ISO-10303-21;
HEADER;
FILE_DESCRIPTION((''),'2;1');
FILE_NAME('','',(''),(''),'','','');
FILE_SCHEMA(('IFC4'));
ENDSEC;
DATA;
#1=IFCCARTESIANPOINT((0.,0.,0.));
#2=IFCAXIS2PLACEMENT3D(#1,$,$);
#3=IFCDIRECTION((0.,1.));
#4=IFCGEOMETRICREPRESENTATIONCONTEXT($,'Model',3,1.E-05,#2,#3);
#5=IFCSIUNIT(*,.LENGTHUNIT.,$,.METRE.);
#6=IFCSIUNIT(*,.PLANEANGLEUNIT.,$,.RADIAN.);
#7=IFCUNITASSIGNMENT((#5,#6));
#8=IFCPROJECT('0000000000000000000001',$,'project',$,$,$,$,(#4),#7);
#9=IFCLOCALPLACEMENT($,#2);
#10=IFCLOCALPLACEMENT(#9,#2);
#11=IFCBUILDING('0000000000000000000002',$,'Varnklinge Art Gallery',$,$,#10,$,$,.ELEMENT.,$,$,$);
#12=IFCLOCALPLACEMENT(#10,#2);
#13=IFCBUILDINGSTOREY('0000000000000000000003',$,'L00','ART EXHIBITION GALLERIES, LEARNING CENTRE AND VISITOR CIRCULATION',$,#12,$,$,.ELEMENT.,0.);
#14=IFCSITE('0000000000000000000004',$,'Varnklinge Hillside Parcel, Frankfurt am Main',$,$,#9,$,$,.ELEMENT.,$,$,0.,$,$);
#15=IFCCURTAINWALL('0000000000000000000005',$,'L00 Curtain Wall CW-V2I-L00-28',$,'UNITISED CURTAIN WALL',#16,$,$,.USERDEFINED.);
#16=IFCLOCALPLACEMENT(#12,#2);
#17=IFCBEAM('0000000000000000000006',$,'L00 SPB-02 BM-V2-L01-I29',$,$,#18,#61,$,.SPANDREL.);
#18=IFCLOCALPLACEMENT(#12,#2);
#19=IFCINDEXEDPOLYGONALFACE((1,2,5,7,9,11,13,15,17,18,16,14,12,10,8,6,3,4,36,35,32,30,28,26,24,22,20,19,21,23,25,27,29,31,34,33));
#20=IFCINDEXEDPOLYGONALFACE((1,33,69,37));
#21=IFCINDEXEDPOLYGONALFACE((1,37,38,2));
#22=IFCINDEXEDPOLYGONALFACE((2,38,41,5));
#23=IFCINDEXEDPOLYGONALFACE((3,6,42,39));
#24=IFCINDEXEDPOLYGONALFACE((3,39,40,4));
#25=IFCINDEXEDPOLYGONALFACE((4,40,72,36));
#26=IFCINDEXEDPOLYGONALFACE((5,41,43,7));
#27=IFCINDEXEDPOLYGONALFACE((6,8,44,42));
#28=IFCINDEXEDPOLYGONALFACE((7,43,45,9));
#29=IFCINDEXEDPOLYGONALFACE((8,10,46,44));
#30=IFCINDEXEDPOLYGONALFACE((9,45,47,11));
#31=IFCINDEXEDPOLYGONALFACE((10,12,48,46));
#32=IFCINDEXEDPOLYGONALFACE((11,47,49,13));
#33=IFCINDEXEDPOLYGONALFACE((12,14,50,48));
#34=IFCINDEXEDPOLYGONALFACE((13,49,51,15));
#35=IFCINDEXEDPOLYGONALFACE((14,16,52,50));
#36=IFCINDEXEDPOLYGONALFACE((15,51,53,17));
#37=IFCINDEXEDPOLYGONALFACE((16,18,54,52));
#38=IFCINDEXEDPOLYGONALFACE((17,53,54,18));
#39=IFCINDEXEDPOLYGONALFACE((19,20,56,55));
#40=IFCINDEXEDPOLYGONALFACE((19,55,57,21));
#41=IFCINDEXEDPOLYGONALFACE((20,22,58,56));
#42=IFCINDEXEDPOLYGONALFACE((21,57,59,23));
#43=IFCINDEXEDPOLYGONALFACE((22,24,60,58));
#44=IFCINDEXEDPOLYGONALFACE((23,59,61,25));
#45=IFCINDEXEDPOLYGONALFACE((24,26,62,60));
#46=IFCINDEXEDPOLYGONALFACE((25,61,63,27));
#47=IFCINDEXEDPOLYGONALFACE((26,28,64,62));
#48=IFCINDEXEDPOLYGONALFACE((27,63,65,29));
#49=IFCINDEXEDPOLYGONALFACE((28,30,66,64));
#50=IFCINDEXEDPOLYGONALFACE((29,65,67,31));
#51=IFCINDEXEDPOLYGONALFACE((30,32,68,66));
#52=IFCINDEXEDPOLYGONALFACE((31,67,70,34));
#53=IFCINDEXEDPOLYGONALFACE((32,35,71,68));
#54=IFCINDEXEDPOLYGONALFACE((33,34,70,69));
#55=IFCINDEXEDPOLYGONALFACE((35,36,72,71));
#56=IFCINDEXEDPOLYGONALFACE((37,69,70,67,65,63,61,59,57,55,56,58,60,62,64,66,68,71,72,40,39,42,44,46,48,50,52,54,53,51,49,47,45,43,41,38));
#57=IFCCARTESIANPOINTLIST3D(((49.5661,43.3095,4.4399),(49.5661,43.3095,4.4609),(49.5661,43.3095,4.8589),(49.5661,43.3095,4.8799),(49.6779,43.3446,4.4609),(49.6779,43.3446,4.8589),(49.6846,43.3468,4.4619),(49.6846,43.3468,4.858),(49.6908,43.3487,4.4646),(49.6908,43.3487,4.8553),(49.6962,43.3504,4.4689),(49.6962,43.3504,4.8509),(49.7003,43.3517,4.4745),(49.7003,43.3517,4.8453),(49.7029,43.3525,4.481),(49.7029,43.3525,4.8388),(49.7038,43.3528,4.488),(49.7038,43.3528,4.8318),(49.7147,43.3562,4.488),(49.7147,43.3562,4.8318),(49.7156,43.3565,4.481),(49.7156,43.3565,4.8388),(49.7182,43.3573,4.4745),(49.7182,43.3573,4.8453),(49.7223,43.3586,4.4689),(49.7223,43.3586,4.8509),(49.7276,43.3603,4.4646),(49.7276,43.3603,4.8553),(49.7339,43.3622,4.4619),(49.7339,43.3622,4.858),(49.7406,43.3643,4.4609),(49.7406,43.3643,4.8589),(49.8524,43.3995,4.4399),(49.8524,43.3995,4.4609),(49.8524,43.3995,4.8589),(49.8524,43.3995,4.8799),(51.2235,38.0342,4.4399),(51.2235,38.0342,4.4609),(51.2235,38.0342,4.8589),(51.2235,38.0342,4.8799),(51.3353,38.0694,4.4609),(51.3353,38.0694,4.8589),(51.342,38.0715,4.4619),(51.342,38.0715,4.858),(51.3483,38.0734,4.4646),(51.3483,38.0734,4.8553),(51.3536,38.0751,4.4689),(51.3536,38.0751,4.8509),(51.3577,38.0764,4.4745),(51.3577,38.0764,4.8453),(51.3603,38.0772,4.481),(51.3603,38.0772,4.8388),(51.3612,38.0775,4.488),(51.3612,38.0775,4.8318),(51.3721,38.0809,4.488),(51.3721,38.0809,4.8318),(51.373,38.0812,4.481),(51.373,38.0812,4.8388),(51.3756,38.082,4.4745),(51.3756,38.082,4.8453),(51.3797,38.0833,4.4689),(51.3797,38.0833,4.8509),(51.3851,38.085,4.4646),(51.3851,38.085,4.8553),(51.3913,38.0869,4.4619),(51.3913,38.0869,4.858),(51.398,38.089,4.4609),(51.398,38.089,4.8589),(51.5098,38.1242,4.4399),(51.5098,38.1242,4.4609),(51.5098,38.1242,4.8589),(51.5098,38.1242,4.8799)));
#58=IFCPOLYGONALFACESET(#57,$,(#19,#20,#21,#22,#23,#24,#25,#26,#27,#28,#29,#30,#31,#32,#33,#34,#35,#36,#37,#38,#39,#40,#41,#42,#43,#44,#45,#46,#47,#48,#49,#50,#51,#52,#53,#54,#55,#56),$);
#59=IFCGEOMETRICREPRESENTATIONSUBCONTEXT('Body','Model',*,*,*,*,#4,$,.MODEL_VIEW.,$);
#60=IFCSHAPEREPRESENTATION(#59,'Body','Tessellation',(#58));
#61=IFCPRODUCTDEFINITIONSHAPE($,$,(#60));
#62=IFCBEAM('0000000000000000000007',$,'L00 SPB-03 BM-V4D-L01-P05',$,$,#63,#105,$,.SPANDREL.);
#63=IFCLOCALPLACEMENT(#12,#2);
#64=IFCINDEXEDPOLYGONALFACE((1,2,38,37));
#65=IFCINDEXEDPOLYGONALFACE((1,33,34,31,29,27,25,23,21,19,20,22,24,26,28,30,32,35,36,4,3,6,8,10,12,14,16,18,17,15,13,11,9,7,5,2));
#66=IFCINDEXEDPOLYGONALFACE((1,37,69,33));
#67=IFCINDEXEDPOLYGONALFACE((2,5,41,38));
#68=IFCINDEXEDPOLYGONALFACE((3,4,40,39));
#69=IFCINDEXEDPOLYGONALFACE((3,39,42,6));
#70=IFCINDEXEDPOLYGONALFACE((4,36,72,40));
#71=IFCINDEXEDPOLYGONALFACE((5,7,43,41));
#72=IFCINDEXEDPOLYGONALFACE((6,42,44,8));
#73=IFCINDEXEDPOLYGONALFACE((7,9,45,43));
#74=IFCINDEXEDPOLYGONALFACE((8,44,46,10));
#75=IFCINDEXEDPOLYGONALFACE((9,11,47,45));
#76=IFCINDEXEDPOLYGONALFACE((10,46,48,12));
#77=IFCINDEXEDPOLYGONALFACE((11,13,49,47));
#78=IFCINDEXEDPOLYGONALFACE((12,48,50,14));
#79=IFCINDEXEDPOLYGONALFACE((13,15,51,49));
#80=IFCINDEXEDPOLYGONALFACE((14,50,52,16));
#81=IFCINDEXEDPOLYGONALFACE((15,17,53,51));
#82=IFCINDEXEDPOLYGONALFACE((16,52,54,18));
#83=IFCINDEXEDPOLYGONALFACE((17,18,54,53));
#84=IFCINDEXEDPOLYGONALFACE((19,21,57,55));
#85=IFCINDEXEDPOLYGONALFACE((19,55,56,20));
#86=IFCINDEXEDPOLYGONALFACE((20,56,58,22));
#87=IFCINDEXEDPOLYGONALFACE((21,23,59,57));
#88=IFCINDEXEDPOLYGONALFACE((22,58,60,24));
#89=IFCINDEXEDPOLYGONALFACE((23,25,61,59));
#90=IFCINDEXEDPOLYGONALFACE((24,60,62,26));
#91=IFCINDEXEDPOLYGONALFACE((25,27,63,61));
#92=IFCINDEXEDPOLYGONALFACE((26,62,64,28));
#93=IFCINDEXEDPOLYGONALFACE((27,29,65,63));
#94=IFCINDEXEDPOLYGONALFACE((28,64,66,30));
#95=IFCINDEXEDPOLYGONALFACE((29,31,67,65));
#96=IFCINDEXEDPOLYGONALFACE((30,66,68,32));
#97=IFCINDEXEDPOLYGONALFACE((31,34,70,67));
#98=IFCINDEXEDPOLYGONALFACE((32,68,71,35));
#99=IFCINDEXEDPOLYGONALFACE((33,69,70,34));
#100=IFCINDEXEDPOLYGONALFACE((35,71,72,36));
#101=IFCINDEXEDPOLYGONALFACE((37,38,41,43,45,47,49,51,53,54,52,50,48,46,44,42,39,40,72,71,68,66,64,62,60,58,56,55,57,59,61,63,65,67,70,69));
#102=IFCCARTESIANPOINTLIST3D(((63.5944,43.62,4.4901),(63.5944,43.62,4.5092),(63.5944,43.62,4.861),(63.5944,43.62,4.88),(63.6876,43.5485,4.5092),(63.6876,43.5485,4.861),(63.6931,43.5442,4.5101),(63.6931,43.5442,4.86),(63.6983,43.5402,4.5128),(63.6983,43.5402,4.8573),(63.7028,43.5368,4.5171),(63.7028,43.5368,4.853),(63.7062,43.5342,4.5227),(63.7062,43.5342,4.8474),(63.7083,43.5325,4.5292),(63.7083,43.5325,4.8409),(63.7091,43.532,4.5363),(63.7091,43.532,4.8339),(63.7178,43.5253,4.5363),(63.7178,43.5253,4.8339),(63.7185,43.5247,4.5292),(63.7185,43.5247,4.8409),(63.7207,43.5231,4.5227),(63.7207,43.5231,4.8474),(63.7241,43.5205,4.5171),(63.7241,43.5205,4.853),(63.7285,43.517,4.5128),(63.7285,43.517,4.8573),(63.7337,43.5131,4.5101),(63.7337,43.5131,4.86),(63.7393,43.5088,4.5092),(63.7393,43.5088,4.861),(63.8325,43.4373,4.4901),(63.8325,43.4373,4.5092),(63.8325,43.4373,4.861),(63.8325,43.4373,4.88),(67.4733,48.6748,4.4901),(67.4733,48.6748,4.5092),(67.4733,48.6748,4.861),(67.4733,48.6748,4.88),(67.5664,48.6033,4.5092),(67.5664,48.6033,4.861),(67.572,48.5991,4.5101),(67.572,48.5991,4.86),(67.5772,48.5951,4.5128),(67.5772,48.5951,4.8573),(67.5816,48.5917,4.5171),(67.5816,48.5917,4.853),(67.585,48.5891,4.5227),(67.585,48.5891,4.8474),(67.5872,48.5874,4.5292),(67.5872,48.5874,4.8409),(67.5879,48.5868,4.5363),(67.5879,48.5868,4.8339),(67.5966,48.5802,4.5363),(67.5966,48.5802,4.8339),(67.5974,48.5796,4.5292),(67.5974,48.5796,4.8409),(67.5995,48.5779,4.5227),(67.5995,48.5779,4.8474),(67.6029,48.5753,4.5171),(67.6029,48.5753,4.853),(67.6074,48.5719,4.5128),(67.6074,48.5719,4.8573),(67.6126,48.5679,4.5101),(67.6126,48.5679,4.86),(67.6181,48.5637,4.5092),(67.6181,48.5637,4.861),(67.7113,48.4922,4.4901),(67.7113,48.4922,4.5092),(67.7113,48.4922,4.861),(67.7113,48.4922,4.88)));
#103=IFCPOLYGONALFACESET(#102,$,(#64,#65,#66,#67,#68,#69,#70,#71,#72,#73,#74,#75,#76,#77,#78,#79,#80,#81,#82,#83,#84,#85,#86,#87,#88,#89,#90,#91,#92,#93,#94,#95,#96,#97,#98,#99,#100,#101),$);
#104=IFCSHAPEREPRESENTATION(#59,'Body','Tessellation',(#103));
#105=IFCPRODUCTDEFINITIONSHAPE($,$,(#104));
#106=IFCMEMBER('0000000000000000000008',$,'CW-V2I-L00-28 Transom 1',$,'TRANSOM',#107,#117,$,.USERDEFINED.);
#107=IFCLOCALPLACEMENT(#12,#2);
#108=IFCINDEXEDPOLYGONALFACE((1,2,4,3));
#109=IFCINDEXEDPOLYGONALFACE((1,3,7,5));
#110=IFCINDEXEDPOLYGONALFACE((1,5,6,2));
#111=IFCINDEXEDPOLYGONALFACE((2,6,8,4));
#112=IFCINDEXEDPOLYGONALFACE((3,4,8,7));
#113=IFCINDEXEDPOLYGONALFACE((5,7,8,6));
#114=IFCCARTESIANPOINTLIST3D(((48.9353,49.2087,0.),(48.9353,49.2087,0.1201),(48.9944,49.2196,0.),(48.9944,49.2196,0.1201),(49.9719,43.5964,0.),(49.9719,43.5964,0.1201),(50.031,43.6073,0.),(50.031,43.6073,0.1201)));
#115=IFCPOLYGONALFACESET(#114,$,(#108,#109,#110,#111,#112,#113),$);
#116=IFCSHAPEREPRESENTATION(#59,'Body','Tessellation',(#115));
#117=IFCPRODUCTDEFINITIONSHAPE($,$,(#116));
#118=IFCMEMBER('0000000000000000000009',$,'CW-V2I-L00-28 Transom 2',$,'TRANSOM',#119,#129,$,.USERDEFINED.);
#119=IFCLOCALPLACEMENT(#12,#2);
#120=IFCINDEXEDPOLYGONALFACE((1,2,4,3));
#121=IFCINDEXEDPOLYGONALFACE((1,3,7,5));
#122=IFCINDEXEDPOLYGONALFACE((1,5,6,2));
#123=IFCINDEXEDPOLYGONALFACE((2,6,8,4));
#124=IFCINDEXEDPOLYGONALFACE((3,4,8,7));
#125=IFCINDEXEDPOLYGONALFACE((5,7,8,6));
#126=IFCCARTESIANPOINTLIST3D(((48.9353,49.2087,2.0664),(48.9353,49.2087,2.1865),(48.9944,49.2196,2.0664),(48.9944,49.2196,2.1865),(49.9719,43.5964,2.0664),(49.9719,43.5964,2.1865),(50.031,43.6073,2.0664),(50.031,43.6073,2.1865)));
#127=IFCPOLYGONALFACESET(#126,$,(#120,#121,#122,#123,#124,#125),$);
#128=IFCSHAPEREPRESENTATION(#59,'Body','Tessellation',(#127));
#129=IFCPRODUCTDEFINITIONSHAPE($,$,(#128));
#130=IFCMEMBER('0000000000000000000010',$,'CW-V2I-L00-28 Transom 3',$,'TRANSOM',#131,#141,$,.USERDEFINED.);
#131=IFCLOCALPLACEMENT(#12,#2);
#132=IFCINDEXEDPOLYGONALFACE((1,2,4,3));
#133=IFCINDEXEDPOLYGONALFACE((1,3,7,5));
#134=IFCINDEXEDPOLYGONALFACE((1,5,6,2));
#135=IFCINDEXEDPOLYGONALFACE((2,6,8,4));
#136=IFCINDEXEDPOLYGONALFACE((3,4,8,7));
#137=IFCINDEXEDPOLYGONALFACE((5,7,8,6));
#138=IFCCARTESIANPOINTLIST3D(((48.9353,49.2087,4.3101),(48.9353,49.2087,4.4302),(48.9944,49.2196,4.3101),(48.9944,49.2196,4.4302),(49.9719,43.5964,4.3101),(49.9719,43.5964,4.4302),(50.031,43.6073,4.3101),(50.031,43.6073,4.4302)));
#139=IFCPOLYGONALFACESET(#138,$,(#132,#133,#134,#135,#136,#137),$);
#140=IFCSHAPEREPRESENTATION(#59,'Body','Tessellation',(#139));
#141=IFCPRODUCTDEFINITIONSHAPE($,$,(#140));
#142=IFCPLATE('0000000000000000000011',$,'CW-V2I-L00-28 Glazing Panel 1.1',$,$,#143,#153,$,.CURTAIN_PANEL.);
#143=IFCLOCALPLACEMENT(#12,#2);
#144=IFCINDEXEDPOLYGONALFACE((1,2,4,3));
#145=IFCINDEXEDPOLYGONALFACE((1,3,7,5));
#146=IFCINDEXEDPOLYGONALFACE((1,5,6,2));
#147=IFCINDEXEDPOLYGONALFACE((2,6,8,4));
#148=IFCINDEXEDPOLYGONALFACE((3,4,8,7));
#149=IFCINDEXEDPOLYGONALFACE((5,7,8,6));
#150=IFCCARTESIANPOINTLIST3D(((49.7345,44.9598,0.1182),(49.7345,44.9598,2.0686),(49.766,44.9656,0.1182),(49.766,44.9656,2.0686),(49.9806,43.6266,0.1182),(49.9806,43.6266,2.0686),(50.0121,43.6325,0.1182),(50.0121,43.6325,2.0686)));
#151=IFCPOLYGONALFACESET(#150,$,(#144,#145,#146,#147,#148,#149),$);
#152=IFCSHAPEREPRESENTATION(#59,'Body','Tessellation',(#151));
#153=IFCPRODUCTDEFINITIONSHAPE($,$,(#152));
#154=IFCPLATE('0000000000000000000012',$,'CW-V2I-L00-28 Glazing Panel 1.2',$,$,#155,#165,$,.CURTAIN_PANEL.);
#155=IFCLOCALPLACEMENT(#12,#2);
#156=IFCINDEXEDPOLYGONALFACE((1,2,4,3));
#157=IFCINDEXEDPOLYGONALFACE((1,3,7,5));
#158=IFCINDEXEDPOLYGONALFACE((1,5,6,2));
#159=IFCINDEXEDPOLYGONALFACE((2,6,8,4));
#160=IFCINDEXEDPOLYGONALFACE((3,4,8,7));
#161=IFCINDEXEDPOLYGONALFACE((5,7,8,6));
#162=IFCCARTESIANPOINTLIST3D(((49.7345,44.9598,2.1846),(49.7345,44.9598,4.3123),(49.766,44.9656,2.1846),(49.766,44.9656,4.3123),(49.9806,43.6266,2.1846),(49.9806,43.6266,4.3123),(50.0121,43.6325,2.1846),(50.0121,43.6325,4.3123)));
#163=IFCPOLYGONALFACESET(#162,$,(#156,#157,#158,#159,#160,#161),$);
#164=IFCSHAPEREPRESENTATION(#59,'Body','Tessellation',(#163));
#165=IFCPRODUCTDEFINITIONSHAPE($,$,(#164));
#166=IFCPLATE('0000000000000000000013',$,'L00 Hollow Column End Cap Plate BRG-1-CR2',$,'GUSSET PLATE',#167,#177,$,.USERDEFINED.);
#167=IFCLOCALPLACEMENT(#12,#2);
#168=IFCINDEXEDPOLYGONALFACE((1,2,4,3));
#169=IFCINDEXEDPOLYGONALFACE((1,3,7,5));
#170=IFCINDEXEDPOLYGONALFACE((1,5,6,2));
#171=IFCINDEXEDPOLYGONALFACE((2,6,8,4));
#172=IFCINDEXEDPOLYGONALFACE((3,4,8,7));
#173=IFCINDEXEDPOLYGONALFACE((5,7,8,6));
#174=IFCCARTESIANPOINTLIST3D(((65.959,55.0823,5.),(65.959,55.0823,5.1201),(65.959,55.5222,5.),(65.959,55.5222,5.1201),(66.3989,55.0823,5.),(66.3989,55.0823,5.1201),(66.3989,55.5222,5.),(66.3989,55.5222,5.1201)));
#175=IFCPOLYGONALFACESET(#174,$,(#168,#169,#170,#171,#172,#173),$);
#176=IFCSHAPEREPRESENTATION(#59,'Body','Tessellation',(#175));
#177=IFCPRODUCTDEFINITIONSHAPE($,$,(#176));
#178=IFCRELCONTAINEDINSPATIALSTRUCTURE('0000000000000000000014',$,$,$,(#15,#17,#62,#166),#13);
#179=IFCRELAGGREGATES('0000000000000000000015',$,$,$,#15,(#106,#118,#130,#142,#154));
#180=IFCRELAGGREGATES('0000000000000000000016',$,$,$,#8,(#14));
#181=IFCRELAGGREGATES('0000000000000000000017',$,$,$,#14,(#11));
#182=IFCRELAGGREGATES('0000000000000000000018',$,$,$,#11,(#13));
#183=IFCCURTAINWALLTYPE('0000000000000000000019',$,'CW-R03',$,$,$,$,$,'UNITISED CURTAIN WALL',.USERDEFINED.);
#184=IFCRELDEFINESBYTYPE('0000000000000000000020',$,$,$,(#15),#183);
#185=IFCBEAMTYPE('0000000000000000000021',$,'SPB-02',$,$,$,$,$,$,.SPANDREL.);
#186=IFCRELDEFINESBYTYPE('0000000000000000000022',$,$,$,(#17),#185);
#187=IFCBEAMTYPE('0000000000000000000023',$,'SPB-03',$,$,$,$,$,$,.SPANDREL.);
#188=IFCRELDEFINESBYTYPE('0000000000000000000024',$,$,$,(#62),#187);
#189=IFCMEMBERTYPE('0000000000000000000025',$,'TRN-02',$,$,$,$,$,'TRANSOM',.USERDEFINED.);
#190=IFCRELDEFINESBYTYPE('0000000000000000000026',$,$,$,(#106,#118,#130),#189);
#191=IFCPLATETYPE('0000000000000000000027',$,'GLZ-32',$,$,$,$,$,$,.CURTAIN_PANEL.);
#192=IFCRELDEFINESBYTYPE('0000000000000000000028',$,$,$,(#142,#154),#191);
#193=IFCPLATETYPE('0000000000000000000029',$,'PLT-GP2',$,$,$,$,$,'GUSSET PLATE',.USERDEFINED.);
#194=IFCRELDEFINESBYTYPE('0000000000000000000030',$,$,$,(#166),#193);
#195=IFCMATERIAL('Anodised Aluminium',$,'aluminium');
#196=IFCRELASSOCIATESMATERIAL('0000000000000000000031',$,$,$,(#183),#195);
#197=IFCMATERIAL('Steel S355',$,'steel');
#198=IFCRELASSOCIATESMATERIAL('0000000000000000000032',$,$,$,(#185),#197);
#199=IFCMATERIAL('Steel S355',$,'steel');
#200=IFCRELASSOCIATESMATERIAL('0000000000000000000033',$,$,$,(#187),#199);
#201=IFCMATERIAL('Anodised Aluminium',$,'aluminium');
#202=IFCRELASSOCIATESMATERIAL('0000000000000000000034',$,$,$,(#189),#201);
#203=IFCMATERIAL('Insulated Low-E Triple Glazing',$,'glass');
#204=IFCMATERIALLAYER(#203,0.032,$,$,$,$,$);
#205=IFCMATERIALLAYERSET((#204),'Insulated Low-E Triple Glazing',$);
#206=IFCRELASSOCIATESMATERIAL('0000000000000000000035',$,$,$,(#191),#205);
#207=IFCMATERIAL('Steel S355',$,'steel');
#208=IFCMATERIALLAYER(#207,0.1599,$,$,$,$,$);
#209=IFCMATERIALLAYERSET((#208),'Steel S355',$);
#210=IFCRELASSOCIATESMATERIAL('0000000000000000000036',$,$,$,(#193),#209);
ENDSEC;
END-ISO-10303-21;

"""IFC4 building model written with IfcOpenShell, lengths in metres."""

from ifc_helpers import new_model, si_unit, direction, frame, origin, origin_2d, place, context, subcontext, project, spatial, rectangle, i_section, extrude, material, layer, layer_set, material_profile, profile_set, type_object, element, aggregate, save


model = new_model("IFC4")

# Units and contexts
model_context = context("Model", 3, precision=1e-05, world=origin(), true_north=direction((0.0, 1.0)))
body_context = subcontext(model_context, "Body", "Model", "MODEL_VIEW")
ifc_project = project(units=[si_unit("LENGTHUNIT", "METRE"), si_unit("PLANEANGLEUNIT", "RADIAN")], contexts=[model_context])

# Site, building, storey
site_placement = place(None, origin())
site = spatial("IfcSite", under=ifc_project, at=site_placement, Name="Varnklinge Hillside Parcel, Frankfurt am Main", CompositionType="ELEMENT", RefElevation=0.0)
building_placement = place(site_placement, origin())
building = spatial("IfcBuilding", under=site, at=building_placement, Name="Varnklinge Art Gallery", CompositionType="ELEMENT")
storey_placement = place(building_placement, origin())
storey = spatial("IfcBuildingStorey", under=building, at=storey_placement, Name="L00", Description="ART EXHIBITION GALLERIES, LEARNING CENTRE AND VISITOR CIRCULATION", CompositionType="ELEMENT", Elevation=0.0)

# Curtain wall
ifc_material_1 = material(Name="Anodised Aluminium", Category="aluminium")
curtain_wall_type = type_object("IfcCurtainWallType", Name="CW-R03", ElementType="UNITISED CURTAIN WALL", PredefinedType="USERDEFINED", material=ifc_material_1)
curtain_wall_1_placement = place(storey_placement, origin())
curtain_wall_1 = element("IfcCurtainWall", 1, at=curtain_wall_1_placement, inside=storey, type_object=curtain_wall_type, Name="L00 Curtain Wall CW-V2I-L00-28", ObjectType="UNITISED CURTAIN WALL", PredefinedType="USERDEFINED")

# Beams
ifc_material_2 = material(Name="Steel S355", Category="steel")
ifc_material_profile_1 = material_profile(ifc_material_2, i_section(OverallWidth=0.3, OverallDepth=0.4399, WebThickness=0.0115, FlangeThickness=0.021, FilletRadius=0.0271, at=origin_2d()), Name="HEA 450")
ifc_profile_set_1 = profile_set([ifc_material_profile_1], Name="Steel S355")
beam_type_1 = type_object("IfcBeamType", Name="SPB-02", PredefinedType="SPANDREL", material=ifc_profile_set_1)
beam_1_placement = place(storey_placement, frame((49.7092, 43.3545, 4.6599), z_axis=(0.299743, -0.95402, 0.0), x_axis=(0.95402, 0.299743, 0.0)))
element("IfcBeam", 2, at=beam_1_placement, inside=storey, type_object=beam_type_1, Name="L00 SPB-02 BM-V2-L01-I29", PredefinedType="SPANDREL", context=body_context, shape_type="SweptSolid", body=[
    extrude(i_section(OverallWidth=0.3, OverallDepth=0.4399, WebThickness=0.0115, FlangeThickness=0.021, FilletRadius=0.0271, at=origin_2d()), origin(), (0.0, 0.0, 1.0), 5.5295),
])
ifc_material_3 = material(Name="Steel S355", Category="steel")
ifc_material_profile_2 = material_profile(ifc_material_3, i_section(OverallWidth=0.3, OverallDepth=0.3899, WebThickness=0.011, FlangeThickness=0.019, FilletRadius=0.0271, at=origin_2d()), Name="HEA 400")
ifc_profile_set_2 = profile_set([ifc_material_profile_2], Name="Steel S355")
beam_type_2 = type_object("IfcBeamType", Name="SPB-03", PredefinedType="SPANDREL", material=ifc_profile_set_2)
beam_2_placement = place(storey_placement, frame((67.5923, 48.5835, 4.6851), z_axis=(-0.608773, -0.793344, 0.0), x_axis=(0.793344, -0.608773, 0.0)))
element("IfcBeam", 3, at=beam_2_placement, inside=storey, type_object=beam_type_2, Name="L00 SPB-03 BM-V4D-L01-P05", PredefinedType="SPANDREL", context=body_context, shape_type="SweptSolid", body=[
    extrude(i_section(OverallWidth=0.3, OverallDepth=0.3899, WebThickness=0.011, FlangeThickness=0.019, FilletRadius=0.0271, at=origin_2d()), origin(), (0.0, 0.0, 1.0), 6.3716),
])

# Members
ifc_material_4 = material(Name="Anodised Aluminium", Category="aluminium")
ifc_material_profile_3 = material_profile(ifc_material_4, rectangle(XDim=0.0601, YDim=0.1201, at=origin_2d()), Name="ALU 60x120")
ifc_profile_set_3 = profile_set([ifc_material_profile_3], Name="Anodised Aluminium")
member_type_1 = type_object("IfcMemberType", Name="TRN-02", ElementType="TRANSOM", PredefinedType="USERDEFINED", material=ifc_profile_set_3)
member_1_placement = place(storey_placement, frame((50.0015, 43.6018, 0.0601), z_axis=(-0.181633, 0.983366, 0.0), x_axis=(-0.983366, -0.181633, 0.0)))
member_1 = element("IfcMember", 4, at=member_1_placement, type_object=member_type_1, Name="CW-V2I-L00-28 Transom 1", ObjectType="TRANSOM", PredefinedType="USERDEFINED", context=body_context, shape_type="SweptSolid", body=[
    extrude(rectangle(XDim=0.0601, YDim=0.1201, at=origin_2d()), origin(), (0.0, 0.0, 1.0), 5.7073),
])
member_2_placement = place(storey_placement, frame((50.0015, 43.6018, 2.1265), z_axis=(-0.181633, 0.983366, 0.0), x_axis=(-0.983366, -0.181633, 0.0)))
member_2 = element("IfcMember", 5, at=member_2_placement, type_object=member_type_1, Name="CW-V2I-L00-28 Transom 2", ObjectType="TRANSOM", PredefinedType="USERDEFINED", context=body_context, shape_type="SweptSolid", body=[
    extrude(rectangle(XDim=0.0601, YDim=0.1201, at=origin_2d()), origin(), (0.0, 0.0, 1.0), 5.7073),
])
member_3_placement = place(storey_placement, frame((50.0015, 43.6018, 4.3701), z_axis=(-0.181633, 0.983366, 0.0), x_axis=(-0.983366, -0.181633, 0.0)))
member_3 = element("IfcMember", 6, at=member_3_placement, type_object=member_type_1, Name="CW-V2I-L00-28 Transom 3", ObjectType="TRANSOM", PredefinedType="USERDEFINED", context=body_context, shape_type="SweptSolid", body=[
    extrude(rectangle(XDim=0.0601, YDim=0.1201, at=origin_2d()), origin(), (0.0, 0.0, 1.0), 5.7073),
])

# Plates
ifc_material_5 = material(Name="Insulated Low-E Triple Glazing", Category="glass")
ifc_layer_1 = layer(ifc_material_5, 0.032)
ifc_layer_set_1 = layer_set([ifc_layer_1], Name="Insulated Low-E Triple Glazing")
plate_type_1 = type_object("IfcPlateType", Name="GLZ-32", PredefinedType="CURTAIN_PANEL", material=ifc_layer_set_1)
plate_1_placement = place(storey_placement, frame((49.8733, 44.2961, 0.1182), z_axis=(0.0, 0.0, 1.0), x_axis=(-0.181549, 0.983382, 0.0)))
plate_1 = element("IfcPlate", 7, at=plate_1_placement, type_object=plate_type_1, Name="CW-V2I-L00-28 Glazing Panel 1.1", PredefinedType="CURTAIN_PANEL", context=body_context, shape_type="SweptSolid", body=[
    extrude(rectangle(XDim=1.3557, YDim=0.032, at=origin_2d()), origin(), (0.0, 0.0, 1.0), 1.9504),
])
plate_2_placement = place(storey_placement, frame((49.8733, 44.2961, 2.1846), z_axis=(0.0, 0.0, 1.0), x_axis=(-0.181549, 0.983382, 0.0)))
plate_2 = element("IfcPlate", 8, at=plate_2_placement, type_object=plate_type_1, Name="CW-V2I-L00-28 Glazing Panel 1.2", PredefinedType="CURTAIN_PANEL", context=body_context, shape_type="SweptSolid", body=[
    extrude(rectangle(XDim=1.3557, YDim=0.032, at=origin_2d()), origin(), (0.0, 0.0, 1.0), 2.1277),
])
aggregate(curtain_wall_1, [member_1, member_2, member_3, plate_1, plate_2])
ifc_material_6 = material(Name="Steel S355", Category="steel")
ifc_layer_2 = layer(ifc_material_6, 0.1599)
ifc_layer_set_2 = layer_set([ifc_layer_2], Name="Steel S355")
plate_type_2 = type_object("IfcPlateType", Name="PLT-GP2", ElementType="GUSSET PLATE", PredefinedType="USERDEFINED", material=ifc_layer_set_2)
plate_3_placement = place(storey_placement, frame((66.179, 55.3022, 5.0), z_axis=(0.0, 0.0, 1.0), x_axis=(1.0, 0.0, 0.0)))
element("IfcPlate", 9, at=plate_3_placement, inside=storey, type_object=plate_type_2, Name="L00 Hollow Column End Cap Plate BRG-1-CR2", ObjectType="GUSSET PLATE", PredefinedType="USERDEFINED", context=body_context, shape_type="SweptSolid", body=[
    extrude(rectangle(XDim=0.4399, YDim=0.4399, at=origin_2d()), origin(), (0.0, 0.0, 1.0), 0.1201),
])

save(model, "model.ifc")
